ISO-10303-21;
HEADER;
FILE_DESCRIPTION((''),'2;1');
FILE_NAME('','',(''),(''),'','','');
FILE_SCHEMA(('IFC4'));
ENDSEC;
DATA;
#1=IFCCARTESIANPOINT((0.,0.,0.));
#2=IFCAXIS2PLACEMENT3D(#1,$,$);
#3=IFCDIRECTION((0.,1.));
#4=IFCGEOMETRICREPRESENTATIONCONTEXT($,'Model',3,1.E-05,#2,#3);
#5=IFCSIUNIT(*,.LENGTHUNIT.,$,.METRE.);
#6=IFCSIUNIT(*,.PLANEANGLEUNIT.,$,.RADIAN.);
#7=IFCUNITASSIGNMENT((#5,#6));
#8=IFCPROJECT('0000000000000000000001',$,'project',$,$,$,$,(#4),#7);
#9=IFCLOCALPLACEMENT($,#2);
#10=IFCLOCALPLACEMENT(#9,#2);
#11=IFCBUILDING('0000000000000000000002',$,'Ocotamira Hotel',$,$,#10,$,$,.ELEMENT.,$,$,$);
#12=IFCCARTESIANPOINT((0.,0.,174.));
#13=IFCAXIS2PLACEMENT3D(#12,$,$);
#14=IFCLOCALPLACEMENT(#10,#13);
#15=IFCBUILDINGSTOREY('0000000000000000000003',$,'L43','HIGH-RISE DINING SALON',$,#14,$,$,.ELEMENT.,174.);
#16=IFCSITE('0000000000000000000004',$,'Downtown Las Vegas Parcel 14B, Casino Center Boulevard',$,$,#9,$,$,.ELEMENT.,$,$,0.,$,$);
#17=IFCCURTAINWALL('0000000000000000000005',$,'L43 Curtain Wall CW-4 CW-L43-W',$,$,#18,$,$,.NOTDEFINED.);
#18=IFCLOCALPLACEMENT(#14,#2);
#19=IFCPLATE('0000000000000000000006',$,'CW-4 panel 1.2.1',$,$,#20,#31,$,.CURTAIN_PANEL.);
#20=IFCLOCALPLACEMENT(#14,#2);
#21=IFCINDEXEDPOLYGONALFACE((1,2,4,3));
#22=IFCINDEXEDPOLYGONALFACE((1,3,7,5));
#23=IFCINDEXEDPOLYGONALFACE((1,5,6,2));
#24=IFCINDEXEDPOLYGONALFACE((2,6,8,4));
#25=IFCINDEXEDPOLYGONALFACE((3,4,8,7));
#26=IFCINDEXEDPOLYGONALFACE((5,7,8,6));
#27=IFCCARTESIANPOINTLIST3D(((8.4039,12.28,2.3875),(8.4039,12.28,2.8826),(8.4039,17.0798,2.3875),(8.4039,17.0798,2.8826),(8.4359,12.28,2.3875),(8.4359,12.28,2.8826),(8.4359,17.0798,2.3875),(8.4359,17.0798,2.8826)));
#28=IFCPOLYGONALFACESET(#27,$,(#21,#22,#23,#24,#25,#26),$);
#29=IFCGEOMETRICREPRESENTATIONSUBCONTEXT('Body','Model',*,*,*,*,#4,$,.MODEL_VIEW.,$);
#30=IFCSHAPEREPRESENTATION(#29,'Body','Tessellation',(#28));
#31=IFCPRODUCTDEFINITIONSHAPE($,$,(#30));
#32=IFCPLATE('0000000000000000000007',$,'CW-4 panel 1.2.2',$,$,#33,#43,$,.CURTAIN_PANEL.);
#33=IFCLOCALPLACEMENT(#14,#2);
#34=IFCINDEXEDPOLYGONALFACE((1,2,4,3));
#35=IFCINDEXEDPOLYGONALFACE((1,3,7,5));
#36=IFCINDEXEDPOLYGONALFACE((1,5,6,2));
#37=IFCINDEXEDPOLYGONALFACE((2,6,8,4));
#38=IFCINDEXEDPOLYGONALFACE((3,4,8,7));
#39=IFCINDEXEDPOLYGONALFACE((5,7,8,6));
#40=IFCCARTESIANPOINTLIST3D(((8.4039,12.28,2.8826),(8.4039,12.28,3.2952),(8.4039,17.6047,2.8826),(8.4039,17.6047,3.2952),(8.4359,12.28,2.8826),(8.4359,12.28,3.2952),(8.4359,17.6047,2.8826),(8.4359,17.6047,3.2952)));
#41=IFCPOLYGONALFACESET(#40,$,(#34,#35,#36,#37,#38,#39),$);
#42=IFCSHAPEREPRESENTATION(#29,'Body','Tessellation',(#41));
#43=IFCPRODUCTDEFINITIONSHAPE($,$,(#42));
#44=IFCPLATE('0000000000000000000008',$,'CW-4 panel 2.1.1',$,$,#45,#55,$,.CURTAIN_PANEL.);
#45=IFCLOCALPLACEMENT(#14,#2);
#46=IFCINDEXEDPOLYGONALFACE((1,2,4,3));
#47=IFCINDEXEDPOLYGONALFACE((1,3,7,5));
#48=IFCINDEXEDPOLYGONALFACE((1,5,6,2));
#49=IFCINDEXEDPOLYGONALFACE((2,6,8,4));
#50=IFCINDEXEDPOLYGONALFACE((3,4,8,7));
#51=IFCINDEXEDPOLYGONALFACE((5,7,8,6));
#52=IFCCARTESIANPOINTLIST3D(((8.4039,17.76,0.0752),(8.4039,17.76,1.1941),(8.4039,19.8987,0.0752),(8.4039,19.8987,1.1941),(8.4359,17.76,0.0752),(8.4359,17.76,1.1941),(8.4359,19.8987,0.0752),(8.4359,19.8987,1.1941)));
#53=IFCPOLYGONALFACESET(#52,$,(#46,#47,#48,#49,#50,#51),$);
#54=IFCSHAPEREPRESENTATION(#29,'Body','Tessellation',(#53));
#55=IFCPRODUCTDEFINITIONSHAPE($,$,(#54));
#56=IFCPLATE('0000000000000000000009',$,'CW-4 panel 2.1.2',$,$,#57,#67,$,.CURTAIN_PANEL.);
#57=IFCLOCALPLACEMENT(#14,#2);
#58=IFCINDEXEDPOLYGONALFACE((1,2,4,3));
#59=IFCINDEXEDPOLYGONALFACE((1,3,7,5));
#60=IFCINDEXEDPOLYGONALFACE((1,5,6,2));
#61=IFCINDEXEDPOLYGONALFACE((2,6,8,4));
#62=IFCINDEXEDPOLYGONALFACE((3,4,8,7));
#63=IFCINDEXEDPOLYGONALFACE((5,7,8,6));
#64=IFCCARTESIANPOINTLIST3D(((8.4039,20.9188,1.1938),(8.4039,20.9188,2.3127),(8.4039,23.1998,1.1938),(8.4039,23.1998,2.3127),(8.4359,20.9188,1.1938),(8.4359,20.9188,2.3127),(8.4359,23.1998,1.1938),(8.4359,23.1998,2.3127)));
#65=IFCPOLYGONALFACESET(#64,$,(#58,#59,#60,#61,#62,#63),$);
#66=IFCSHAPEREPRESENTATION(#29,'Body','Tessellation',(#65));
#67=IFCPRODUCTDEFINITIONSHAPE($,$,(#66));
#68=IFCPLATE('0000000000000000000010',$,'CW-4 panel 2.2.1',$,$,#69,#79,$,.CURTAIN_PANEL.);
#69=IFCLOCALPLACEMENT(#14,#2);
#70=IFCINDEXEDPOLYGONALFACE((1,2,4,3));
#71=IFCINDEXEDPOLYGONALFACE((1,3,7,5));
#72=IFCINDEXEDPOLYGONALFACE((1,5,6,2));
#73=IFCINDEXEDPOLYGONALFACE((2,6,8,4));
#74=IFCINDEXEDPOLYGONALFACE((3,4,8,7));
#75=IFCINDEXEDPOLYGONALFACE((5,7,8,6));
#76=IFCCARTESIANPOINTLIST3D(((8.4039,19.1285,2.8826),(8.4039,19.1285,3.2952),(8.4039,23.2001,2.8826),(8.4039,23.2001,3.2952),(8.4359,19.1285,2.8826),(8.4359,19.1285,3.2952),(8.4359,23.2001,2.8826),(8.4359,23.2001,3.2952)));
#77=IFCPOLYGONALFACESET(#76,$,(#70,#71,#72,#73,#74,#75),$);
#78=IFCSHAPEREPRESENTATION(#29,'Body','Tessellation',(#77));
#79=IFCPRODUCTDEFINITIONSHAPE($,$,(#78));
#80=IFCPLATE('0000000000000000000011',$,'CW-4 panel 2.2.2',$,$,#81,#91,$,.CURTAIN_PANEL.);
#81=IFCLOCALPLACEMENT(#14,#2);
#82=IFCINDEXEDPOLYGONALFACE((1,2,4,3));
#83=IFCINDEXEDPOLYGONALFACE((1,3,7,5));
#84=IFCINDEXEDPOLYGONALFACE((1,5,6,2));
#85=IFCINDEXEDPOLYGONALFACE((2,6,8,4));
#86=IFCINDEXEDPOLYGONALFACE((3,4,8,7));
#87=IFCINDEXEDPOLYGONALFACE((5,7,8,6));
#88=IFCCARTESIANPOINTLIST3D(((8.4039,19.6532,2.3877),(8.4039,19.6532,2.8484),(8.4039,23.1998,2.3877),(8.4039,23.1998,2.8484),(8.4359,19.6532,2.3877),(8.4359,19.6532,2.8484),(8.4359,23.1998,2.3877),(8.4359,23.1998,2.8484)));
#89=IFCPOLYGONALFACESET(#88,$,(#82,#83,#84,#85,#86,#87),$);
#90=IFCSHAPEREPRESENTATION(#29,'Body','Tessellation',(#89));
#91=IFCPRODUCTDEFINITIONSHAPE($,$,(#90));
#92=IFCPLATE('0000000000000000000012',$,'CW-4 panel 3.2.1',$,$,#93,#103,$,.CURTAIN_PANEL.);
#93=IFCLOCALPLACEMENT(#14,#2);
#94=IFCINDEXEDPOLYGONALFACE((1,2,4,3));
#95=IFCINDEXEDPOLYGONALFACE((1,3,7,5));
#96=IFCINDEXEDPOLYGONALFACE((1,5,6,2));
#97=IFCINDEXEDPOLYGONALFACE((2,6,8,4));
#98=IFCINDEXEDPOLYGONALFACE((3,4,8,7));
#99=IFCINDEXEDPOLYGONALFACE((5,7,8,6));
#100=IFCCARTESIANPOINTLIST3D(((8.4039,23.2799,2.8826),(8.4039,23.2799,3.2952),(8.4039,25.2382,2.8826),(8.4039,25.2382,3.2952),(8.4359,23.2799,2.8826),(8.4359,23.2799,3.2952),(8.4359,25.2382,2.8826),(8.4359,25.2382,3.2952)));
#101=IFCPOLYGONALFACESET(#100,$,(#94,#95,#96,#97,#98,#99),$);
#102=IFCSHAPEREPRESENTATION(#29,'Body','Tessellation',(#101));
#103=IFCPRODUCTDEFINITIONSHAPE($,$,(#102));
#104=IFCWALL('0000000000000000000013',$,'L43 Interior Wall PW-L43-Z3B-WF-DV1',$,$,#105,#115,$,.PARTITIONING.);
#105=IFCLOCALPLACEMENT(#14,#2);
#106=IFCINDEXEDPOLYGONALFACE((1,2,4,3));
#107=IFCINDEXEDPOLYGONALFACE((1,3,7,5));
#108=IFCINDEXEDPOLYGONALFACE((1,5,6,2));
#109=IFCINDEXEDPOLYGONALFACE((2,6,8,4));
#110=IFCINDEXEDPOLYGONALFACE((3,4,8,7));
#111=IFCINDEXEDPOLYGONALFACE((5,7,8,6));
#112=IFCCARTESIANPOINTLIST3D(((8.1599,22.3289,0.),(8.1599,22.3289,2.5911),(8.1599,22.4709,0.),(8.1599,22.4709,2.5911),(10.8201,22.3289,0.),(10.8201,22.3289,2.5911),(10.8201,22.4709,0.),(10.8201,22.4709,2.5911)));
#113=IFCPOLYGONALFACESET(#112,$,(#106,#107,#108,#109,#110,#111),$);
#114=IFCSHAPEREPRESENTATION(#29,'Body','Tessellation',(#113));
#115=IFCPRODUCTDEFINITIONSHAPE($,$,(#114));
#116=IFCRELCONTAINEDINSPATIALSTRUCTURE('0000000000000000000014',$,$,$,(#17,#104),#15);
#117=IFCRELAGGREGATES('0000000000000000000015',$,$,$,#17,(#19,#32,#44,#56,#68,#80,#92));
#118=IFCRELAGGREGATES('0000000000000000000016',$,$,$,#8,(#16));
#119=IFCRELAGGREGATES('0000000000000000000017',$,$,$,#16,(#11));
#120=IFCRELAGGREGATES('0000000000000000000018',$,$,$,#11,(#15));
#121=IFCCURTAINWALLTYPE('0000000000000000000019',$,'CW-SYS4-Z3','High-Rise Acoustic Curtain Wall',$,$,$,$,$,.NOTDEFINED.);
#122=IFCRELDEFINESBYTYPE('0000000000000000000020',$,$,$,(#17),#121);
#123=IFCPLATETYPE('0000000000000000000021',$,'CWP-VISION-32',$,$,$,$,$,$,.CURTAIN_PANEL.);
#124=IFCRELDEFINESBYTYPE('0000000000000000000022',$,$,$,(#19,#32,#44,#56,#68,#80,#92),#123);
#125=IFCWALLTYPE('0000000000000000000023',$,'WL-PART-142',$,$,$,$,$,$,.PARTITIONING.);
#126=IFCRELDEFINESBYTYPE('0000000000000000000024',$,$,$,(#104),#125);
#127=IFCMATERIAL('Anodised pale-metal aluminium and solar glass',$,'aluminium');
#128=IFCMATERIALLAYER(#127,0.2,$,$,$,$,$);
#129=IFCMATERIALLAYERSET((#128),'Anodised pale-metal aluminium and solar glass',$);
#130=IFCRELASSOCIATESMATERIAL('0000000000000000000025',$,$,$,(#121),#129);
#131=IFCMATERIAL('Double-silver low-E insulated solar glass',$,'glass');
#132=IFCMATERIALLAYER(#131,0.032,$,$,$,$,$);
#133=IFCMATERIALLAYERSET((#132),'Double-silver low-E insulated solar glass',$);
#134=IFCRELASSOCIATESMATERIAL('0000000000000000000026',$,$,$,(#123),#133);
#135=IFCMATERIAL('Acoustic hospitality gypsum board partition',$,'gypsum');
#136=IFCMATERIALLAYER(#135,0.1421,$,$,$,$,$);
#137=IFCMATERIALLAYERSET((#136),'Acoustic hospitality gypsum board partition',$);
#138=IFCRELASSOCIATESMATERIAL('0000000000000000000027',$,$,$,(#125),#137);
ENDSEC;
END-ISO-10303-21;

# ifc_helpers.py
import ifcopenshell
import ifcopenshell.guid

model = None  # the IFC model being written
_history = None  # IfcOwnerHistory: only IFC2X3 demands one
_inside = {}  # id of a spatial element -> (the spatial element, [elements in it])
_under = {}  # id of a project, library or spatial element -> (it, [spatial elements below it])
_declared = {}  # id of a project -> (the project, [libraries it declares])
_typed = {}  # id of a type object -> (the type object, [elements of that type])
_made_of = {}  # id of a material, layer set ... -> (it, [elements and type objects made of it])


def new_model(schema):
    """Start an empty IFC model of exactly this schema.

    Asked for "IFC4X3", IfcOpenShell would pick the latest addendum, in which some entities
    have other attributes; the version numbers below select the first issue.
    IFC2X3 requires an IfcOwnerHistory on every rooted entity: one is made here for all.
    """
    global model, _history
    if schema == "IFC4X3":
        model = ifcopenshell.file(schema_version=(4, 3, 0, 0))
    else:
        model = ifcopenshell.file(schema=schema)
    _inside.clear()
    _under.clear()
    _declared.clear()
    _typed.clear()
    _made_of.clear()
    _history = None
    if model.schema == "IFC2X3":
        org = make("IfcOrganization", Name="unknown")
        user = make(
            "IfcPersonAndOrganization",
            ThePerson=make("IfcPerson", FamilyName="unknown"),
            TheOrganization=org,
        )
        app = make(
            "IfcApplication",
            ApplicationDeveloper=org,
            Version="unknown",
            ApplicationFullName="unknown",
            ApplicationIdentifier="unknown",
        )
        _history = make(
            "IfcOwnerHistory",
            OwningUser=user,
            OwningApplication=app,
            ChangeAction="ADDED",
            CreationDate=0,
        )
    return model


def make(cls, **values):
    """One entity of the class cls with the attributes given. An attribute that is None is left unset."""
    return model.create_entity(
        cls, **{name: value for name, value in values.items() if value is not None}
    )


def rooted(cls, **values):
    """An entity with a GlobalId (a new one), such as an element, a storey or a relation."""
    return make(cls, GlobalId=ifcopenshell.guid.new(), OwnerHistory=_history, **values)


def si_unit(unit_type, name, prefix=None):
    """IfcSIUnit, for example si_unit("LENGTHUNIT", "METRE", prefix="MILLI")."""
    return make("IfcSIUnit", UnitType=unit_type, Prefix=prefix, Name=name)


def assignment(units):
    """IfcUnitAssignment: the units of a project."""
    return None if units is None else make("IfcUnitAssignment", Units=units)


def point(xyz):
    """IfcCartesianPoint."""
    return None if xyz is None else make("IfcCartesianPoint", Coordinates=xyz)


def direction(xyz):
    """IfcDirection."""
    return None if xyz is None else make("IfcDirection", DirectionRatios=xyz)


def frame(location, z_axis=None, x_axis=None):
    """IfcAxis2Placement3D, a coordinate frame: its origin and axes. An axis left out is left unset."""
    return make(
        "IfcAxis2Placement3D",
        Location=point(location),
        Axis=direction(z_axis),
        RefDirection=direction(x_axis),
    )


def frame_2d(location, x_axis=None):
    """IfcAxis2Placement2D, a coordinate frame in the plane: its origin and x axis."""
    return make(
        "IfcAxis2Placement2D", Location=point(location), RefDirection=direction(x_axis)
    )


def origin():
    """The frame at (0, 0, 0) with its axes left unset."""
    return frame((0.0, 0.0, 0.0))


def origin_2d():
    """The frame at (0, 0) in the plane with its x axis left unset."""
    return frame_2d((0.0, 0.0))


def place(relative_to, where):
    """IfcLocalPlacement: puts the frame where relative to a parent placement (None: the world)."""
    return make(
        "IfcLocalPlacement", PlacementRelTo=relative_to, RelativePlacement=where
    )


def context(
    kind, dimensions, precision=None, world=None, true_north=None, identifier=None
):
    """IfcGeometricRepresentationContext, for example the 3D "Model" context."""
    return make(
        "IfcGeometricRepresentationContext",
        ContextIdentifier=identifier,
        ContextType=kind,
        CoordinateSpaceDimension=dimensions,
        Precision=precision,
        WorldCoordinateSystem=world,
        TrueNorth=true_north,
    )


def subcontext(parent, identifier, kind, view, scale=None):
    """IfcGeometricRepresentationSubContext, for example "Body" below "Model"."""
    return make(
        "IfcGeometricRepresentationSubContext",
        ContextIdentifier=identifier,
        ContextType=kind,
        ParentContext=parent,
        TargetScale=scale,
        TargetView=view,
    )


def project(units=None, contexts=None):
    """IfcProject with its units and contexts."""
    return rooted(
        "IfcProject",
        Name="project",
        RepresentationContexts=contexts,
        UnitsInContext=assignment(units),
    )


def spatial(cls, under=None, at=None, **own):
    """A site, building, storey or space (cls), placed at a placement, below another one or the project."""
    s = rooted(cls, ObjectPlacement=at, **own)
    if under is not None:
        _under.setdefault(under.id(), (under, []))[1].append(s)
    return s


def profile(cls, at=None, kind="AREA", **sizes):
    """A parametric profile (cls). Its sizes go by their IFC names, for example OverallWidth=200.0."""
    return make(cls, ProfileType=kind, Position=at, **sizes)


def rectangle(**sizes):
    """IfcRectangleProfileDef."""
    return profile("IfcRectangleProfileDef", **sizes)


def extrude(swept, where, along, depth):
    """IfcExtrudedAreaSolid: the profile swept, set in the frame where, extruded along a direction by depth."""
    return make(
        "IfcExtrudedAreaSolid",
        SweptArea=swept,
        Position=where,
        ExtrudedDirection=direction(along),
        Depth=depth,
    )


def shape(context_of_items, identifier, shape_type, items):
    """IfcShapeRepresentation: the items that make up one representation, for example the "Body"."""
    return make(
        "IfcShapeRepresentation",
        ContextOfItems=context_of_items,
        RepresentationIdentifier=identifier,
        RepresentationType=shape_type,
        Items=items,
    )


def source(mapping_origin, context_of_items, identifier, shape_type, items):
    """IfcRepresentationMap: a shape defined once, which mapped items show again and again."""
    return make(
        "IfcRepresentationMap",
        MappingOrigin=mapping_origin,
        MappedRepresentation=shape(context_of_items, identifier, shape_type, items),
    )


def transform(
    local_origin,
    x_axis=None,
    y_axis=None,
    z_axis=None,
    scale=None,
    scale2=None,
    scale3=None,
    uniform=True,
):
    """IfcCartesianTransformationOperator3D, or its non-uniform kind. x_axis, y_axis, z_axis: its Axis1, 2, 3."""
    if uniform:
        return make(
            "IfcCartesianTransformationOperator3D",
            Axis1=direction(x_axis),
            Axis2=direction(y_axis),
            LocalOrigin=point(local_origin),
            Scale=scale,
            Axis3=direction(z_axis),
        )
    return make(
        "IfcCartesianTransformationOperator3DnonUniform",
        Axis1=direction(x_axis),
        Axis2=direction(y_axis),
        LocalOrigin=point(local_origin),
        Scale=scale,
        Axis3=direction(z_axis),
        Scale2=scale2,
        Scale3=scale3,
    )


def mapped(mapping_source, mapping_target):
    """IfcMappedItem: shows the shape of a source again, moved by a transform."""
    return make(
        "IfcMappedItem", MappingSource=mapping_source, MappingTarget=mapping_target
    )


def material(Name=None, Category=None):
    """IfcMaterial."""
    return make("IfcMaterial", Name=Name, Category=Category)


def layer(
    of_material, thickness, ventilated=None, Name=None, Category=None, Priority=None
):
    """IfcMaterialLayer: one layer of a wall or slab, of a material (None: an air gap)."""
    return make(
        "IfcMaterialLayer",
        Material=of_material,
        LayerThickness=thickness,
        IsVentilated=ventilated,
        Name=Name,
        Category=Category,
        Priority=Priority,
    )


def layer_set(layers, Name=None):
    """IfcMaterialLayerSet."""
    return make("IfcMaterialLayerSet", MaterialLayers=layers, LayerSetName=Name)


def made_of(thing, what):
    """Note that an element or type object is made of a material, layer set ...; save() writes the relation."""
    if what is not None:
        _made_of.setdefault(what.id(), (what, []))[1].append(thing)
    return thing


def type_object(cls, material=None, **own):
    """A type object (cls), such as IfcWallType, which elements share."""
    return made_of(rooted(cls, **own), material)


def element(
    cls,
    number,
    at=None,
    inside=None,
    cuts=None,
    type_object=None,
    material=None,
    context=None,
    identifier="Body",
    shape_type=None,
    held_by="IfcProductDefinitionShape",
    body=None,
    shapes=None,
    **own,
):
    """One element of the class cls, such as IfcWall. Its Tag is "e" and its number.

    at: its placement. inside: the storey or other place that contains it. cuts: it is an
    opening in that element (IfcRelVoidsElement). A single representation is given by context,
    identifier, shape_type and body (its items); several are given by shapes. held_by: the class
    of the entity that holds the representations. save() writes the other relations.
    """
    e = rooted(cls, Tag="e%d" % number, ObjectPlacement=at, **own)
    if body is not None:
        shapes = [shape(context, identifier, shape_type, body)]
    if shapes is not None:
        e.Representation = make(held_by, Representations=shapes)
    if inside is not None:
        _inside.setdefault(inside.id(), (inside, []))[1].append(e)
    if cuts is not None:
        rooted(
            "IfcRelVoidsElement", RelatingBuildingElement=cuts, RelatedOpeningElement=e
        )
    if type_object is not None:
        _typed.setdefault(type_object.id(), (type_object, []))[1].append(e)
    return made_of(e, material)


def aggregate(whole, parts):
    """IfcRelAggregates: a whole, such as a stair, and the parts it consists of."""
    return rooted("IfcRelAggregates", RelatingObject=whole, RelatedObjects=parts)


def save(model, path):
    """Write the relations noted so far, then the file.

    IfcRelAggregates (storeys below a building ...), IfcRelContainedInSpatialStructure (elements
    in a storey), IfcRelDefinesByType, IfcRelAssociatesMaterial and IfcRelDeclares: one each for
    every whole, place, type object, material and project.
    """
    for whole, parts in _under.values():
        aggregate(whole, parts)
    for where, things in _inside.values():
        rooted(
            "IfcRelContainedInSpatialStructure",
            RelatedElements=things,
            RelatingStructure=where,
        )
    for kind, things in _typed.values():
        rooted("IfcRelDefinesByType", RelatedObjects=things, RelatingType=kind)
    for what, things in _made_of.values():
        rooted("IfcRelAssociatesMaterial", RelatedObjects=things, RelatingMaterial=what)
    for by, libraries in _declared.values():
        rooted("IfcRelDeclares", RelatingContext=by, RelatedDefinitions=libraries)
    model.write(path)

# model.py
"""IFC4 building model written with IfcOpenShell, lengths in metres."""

from ifc_helpers import new_model, si_unit, direction, frame, frame_2d, origin, origin_2d, place, context, subcontext, project, spatial, rectangle, extrude, source, transform, mapped, material, layer, layer_set, type_object, element, aggregate, save


model = new_model("IFC4")

# Units and contexts
model_context = context("Model", 3, precision=1e-05, world=origin(), true_north=direction((0.0, 1.0)))
body_context = subcontext(model_context, "Body", "Model", "MODEL_VIEW")
ifc_project = project(units=[si_unit("LENGTHUNIT", "METRE"), si_unit("PLANEANGLEUNIT", "RADIAN")], contexts=[model_context])

# Site, building, storey
site_placement = place(None, origin())
site = spatial("IfcSite", under=ifc_project, at=site_placement, Name="Downtown Las Vegas Parcel 14B, Casino Center Boulevard", CompositionType="ELEMENT", RefElevation=0.0)
building_placement = place(site_placement, origin())
building = spatial("IfcBuilding", under=site, at=building_placement, Name="Ocotamira Hotel", CompositionType="ELEMENT")
storey_placement = place(building_placement, frame((0.0, 0.0, 174.0)))
storey = spatial("IfcBuildingStorey", under=building, at=storey_placement, Name="L43", Description="HIGH-RISE DINING SALON", CompositionType="ELEMENT", Elevation=174.0)

# Curtain wall
ifc_material_1 = material(Name="Anodised pale-metal aluminium and solar glass", Category="aluminium")
ifc_layer_1 = layer(ifc_material_1, 0.2)
ifc_layer_set_1 = layer_set([ifc_layer_1], Name="Anodised pale-metal aluminium and solar glass")
curtain_wall_type = type_object("IfcCurtainWallType", Name="CW-SYS4-Z3", Description="High-Rise Acoustic Curtain Wall", PredefinedType="NOTDEFINED", material=ifc_layer_set_1)
curtain_wall_placement = place(storey_placement, origin())
curtain_wall = element("IfcCurtainWall", 1, at=curtain_wall_placement, inside=storey, type_object=curtain_wall_type, Name="L43 Curtain Wall CW-4 CW-L43-W", PredefinedType="NOTDEFINED")

# Plates
ifc_material_2 = material(Name="Double-silver low-E insulated solar glass", Category="glass")
ifc_layer_2 = layer(ifc_material_2, 0.032)
ifc_layer_set_2 = layer_set([ifc_layer_2], Name="Double-silver low-E insulated solar glass")
plate_type_1 = type_object("IfcPlateType", Name="CWP-VISION-32", PredefinedType="CURTAIN_PANEL", material=ifc_layer_set_2)
shared_shape_1 = source(origin(), body_context, "Body", "SweptSolid", [
    extrude(rectangle(XDim=4.7998, YDim=0.032, at=origin_2d()), origin(), (0.0, 0.0, 1.0), 0.4951),
])
plate_1_placement = place(storey_placement, frame((8.4199, 14.6799, 2.3875), z_axis=(0.0, 0.0, 1.0), x_axis=(0.0, 1.0, 0.0)))
plate_1 = element("IfcPlate", 2, at=plate_1_placement, type_object=plate_type_1, Name="CW-4 panel 1.2.1", PredefinedType="CURTAIN_PANEL", context=body_context, shape_type="MappedRepresentation", body=[
    mapped(shared_shape_1, transform((0.0, 0.0, 0.0), scale=1.0)),
])
shared_shape_2 = source(origin(), body_context, "Body", "SweptSolid", [
    extrude(rectangle(XDim=5.3247, YDim=0.032, at=origin_2d()), origin(), (0.0, 0.0, 1.0), 0.4126),
])
plate_2_placement = place(storey_placement, frame((8.4199, 14.9424, 2.8826), z_axis=(0.0, 0.0, 1.0), x_axis=(0.0, 1.0, 0.0)))
plate_2 = element("IfcPlate", 3, at=plate_2_placement, type_object=plate_type_1, Name="CW-4 panel 1.2.2", PredefinedType="CURTAIN_PANEL", context=body_context, shape_type="MappedRepresentation", body=[
    mapped(shared_shape_2, transform((0.0, 0.0, 0.0), scale=1.0)),
])
shared_shape_3 = source(origin(), body_context, "Body", "SweptSolid", [
    extrude(rectangle(XDim=2.1387, YDim=0.032, at=origin_2d()), origin(), (0.0, 0.0, 1.0), 1.1189),
])
plate_3_placement = place(storey_placement, frame((8.4199, 18.8293, 0.0752), z_axis=(0.0, 0.0, 1.0), x_axis=(0.0, 1.0, 0.0)))
plate_3 = element("IfcPlate", 4, at=plate_3_placement, type_object=plate_type_1, Name="CW-4 panel 2.1.1", PredefinedType="CURTAIN_PANEL", context=body_context, shape_type="MappedRepresentation", body=[
    mapped(shared_shape_3, transform((0.0, 0.0, 0.0), scale=1.0)),
])
shared_shape_4 = source(origin(), body_context, "Body", "SweptSolid", [
    extrude(rectangle(XDim=2.281, YDim=0.032, at=origin_2d()), origin(), (0.0, 0.0, 1.0), 1.1189),
])
plate_4_placement = place(storey_placement, frame((8.4199, 22.0593, 1.1938), z_axis=(0.0, 0.0, 1.0), x_axis=(0.0, 1.0, 0.0)))
plate_4 = element("IfcPlate", 5, at=plate_4_placement, type_object=plate_type_1, Name="CW-4 panel 2.1.2", PredefinedType="CURTAIN_PANEL", context=body_context, shape_type="MappedRepresentation", body=[
    mapped(shared_shape_4, transform((0.0, 0.0, 0.0), scale=1.0)),
])
shared_shape_5 = source(origin(), body_context, "Body", "SweptSolid", [
    extrude(rectangle(XDim=4.0715, YDim=0.032, at=origin_2d()), origin(), (0.0, 0.0, 1.0), 0.4126),
])
plate_5_placement = place(storey_placement, frame((8.4199, 21.1643, 2.8826), z_axis=(0.0, 0.0, 1.0), x_axis=(0.0, 1.0, 0.0)))
plate_5 = element("IfcPlate", 6, at=plate_5_placement, type_object=plate_type_1, Name="CW-4 panel 2.2.1", PredefinedType="CURTAIN_PANEL", context=body_context, shape_type="MappedRepresentation", body=[
    mapped(shared_shape_5, transform((0.0, 0.0, 0.0), scale=1.0)),
])
shared_shape_6 = source(origin(), body_context, "Body", "SweptSolid", [
    extrude(rectangle(XDim=3.5466, YDim=0.032, at=origin_2d()), origin(), (0.0, 0.0, 1.0), 0.4607),
])
plate_6_placement = place(storey_placement, frame((8.4199, 21.4265, 2.3877), z_axis=(0.0, 0.0, 1.0), x_axis=(0.0, 1.0, 0.0)))
plate_6 = element("IfcPlate", 7, at=plate_6_placement, type_object=plate_type_1, Name="CW-4 panel 2.2.2", PredefinedType="CURTAIN_PANEL", context=body_context, shape_type="MappedRepresentation", body=[
    mapped(shared_shape_6, transform((0.0, 0.0, 0.0), scale=1.0)),
])
shared_shape_7 = source(origin(), body_context, "Body", "SweptSolid", [
    extrude(rectangle(XDim=1.9583, YDim=0.032, at=origin_2d()), origin(), (0.0, 0.0, 1.0), 0.4126),
])
plate_7_placement = place(storey_placement, frame((8.4199, 24.259, 2.8826), z_axis=(0.0, 0.0, 1.0), x_axis=(0.0, 1.0, 0.0)))
plate_7 = element("IfcPlate", 8, at=plate_7_placement, type_object=plate_type_1, Name="CW-4 panel 3.2.1", PredefinedType="CURTAIN_PANEL", context=body_context, shape_type="MappedRepresentation", body=[
    mapped(shared_shape_7, transform((0.0, 0.0, 0.0), scale=1.0)),
])
aggregate(curtain_wall, [plate_1, plate_2, plate_3, plate_4, plate_5, plate_6, plate_7])

# Wall
ifc_material_3 = material(Name="Acoustic hospitality gypsum board partition", Category="gypsum")
ifc_layer_3 = layer(ifc_material_3, 0.1421)
ifc_layer_set_3 = layer_set([ifc_layer_3], Name="Acoustic hospitality gypsum board partition")
wall_type_1 = type_object("IfcWallType", Name="WL-PART-142", PredefinedType="PARTITIONING", material=ifc_layer_set_3)
wall_1_placement = place(storey_placement, frame((8.1599, 22.3999, 0.0), z_axis=(0.0, 0.0, 1.0), x_axis=(1.0, 0.0, 0.0)))
element("IfcWall", 9, at=wall_1_placement, inside=storey, type_object=wall_type_1, Name="L43 Interior Wall PW-L43-Z3B-WF-DV1", PredefinedType="PARTITIONING", context=body_context, shape_type="SweptSolid", body=[
    extrude(rectangle(XDim=2.6602, YDim=0.1421, at=frame_2d((1.3301, 0.0))), origin(), (0.0, 0.0, 1.0), 2.5911),
])

save(model, "model.ifc")
